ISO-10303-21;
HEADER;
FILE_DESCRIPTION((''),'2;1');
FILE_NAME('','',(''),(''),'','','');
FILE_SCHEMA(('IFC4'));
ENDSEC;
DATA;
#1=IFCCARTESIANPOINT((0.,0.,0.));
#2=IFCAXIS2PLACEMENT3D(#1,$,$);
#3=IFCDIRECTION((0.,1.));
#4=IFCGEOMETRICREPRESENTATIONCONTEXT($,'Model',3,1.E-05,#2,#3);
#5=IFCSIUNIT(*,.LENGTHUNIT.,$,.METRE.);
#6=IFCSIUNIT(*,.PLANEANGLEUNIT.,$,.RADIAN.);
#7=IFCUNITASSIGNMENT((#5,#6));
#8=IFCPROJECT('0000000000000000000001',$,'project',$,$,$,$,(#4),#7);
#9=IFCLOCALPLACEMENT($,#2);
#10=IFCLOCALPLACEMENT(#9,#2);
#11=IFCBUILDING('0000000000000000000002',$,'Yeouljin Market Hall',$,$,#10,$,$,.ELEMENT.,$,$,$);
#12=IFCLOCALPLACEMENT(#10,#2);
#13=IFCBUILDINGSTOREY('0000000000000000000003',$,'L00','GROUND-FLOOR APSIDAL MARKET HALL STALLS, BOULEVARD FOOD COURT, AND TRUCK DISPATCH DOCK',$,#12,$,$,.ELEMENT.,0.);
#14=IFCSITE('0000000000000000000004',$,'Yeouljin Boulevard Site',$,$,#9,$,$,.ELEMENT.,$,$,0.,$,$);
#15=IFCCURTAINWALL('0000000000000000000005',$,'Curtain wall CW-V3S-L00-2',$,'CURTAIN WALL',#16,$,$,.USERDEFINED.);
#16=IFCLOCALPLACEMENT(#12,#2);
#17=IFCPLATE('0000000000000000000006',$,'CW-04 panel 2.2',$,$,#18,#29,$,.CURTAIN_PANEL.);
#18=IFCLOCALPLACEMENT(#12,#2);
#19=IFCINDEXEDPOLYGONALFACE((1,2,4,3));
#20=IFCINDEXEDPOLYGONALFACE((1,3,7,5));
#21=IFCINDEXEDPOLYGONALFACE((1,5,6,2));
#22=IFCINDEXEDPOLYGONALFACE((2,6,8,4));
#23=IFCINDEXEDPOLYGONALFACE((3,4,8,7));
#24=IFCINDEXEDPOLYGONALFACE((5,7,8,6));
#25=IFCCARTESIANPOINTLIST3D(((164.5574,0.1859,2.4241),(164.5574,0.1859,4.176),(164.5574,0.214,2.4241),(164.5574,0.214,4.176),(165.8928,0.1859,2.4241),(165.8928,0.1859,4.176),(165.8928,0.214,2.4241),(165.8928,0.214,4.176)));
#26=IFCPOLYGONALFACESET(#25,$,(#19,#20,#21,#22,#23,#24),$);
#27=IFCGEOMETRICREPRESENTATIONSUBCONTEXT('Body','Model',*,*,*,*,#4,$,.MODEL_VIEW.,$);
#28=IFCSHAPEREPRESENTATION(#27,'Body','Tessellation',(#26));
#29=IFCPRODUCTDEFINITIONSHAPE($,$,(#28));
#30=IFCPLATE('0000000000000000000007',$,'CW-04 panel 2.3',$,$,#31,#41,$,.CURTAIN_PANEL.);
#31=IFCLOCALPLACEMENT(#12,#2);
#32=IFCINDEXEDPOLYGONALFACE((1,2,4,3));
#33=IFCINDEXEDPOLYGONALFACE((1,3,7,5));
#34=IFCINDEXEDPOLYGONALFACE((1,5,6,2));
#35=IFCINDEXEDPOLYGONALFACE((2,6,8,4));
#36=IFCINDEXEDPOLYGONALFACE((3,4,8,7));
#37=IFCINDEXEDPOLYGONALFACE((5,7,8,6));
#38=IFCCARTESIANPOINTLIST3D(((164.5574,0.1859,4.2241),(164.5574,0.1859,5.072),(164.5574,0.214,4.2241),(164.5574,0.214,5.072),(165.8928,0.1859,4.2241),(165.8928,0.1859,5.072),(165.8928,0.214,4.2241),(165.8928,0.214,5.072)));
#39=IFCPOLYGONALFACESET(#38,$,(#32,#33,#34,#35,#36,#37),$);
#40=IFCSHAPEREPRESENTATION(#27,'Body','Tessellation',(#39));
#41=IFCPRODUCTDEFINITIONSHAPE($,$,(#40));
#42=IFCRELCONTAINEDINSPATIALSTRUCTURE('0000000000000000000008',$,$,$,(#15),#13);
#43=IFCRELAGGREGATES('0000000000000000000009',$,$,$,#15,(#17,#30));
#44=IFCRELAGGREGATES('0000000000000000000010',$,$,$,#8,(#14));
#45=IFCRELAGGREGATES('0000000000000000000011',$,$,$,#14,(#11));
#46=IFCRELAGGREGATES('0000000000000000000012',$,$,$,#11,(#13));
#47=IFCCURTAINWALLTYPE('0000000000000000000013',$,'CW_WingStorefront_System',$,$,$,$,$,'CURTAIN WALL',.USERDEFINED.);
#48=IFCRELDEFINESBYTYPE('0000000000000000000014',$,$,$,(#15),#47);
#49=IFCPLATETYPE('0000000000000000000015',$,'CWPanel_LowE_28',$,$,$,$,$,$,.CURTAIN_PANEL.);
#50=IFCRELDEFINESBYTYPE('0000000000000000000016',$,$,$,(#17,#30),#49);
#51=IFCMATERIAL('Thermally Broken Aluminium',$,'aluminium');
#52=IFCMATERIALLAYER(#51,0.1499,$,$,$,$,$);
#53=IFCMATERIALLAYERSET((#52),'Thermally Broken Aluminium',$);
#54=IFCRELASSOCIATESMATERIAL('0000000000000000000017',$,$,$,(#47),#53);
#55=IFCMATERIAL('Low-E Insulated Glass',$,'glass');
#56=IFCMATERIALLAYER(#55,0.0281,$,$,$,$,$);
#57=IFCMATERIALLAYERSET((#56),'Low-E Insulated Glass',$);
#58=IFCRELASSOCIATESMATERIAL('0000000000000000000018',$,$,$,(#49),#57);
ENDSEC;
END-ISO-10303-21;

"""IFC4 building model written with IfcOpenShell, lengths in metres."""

from ifc_helpers import new_model, si_unit, direction, frame, origin, origin_2d, place, context, subcontext, project, spatial, rectangle, extrude, material, layer, layer_set, type_object, element, aggregate, save


model = new_model("IFC4")

# Units and contexts
model_context = context("Model", 3, precision=1e-05, world=origin(), true_north=direction((0.0, 1.0)))
body_context = subcontext(model_context, "Body", "Model", "MODEL_VIEW")
ifc_project = project(units=[si_unit("LENGTHUNIT", "METRE"), si_unit("PLANEANGLEUNIT", "RADIAN")], contexts=[model_context])

# Site, building, storey
site_placement = place(None, origin())
site = spatial("IfcSite", under=ifc_project, at=site_placement, Name="Yeouljin Boulevard Site", CompositionType="ELEMENT", RefElevation=0.0)
building_placement = place(site_placement, origin())
building = spatial("IfcBuilding", under=site, at=building_placement, Name="Yeouljin Market Hall", CompositionType="ELEMENT")
storey_placement = place(building_placement, origin())
storey = spatial("IfcBuildingStorey", under=building, at=storey_placement, Name="L00", Description="GROUND-FLOOR APSIDAL MARKET HALL STALLS, BOULEVARD FOOD COURT, AND TRUCK DISPATCH DOCK", CompositionType="ELEMENT", Elevation=0.0)

# Curtain wall, plates
ifc_material_1 = material(Name="Thermally Broken Aluminium", Category="aluminium")
ifc_layer_1 = layer(ifc_material_1, 0.1499)
ifc_layer_set_1 = layer_set([ifc_layer_1], Name="Thermally Broken Aluminium")
curtain_wall_type = type_object("IfcCurtainWallType", Name="CW_WingStorefront_System", ElementType="CURTAIN WALL", PredefinedType="USERDEFINED", material=ifc_layer_set_1)
curtain_wall_placement = place(storey_placement, origin())
curtain_wall = element("IfcCurtainWall", 1, at=curtain_wall_placement, inside=storey, type_object=curtain_wall_type, Name="Curtain wall CW-V3S-L00-2", ObjectType="CURTAIN WALL", PredefinedType="USERDEFINED")
ifc_material_2 = material(Name="Low-E Insulated Glass", Category="glass")
ifc_layer_2 = layer(ifc_material_2, 0.0281)
ifc_layer_set_2 = layer_set([ifc_layer_2], Name="Low-E Insulated Glass")
plate_type = type_object("IfcPlateType", Name="CWPanel_LowE_28", PredefinedType="CURTAIN_PANEL", material=ifc_layer_set_2)
plate_1_placement = place(storey_placement, frame((165.2251, 0.2, 2.4241), z_axis=(0.0, 0.0, 1.0), x_axis=(-1.0, 0.0, 0.0)))
plate_1 = element("IfcPlate", 2, at=plate_1_placement, type_object=plate_type, Name="CW-04 panel 2.2", PredefinedType="CURTAIN_PANEL", context=body_context, shape_type="SweptSolid", body=[
    extrude(rectangle(XDim=1.3354, YDim=0.0281, at=origin_2d()), origin(), (0.0, 0.0, 1.0), 1.752),
])
plate_2_placement = place(storey_placement, frame((165.2251, 0.2, 4.2241), z_axis=(0.0, 0.0, 1.0), x_axis=(-1.0, 0.0, 0.0)))
plate_2 = element("IfcPlate", 3, at=plate_2_placement, type_object=plate_type, Name="CW-04 panel 2.3", PredefinedType="CURTAIN_PANEL", context=body_context, shape_type="SweptSolid", body=[
    extrude(rectangle(XDim=1.3354, YDim=0.0281, at=origin_2d()), origin(), (0.0, 0.0, 1.0), 0.8479),
])
aggregate(curtain_wall, [plate_1, plate_2])

save(model, "model.ifc")
